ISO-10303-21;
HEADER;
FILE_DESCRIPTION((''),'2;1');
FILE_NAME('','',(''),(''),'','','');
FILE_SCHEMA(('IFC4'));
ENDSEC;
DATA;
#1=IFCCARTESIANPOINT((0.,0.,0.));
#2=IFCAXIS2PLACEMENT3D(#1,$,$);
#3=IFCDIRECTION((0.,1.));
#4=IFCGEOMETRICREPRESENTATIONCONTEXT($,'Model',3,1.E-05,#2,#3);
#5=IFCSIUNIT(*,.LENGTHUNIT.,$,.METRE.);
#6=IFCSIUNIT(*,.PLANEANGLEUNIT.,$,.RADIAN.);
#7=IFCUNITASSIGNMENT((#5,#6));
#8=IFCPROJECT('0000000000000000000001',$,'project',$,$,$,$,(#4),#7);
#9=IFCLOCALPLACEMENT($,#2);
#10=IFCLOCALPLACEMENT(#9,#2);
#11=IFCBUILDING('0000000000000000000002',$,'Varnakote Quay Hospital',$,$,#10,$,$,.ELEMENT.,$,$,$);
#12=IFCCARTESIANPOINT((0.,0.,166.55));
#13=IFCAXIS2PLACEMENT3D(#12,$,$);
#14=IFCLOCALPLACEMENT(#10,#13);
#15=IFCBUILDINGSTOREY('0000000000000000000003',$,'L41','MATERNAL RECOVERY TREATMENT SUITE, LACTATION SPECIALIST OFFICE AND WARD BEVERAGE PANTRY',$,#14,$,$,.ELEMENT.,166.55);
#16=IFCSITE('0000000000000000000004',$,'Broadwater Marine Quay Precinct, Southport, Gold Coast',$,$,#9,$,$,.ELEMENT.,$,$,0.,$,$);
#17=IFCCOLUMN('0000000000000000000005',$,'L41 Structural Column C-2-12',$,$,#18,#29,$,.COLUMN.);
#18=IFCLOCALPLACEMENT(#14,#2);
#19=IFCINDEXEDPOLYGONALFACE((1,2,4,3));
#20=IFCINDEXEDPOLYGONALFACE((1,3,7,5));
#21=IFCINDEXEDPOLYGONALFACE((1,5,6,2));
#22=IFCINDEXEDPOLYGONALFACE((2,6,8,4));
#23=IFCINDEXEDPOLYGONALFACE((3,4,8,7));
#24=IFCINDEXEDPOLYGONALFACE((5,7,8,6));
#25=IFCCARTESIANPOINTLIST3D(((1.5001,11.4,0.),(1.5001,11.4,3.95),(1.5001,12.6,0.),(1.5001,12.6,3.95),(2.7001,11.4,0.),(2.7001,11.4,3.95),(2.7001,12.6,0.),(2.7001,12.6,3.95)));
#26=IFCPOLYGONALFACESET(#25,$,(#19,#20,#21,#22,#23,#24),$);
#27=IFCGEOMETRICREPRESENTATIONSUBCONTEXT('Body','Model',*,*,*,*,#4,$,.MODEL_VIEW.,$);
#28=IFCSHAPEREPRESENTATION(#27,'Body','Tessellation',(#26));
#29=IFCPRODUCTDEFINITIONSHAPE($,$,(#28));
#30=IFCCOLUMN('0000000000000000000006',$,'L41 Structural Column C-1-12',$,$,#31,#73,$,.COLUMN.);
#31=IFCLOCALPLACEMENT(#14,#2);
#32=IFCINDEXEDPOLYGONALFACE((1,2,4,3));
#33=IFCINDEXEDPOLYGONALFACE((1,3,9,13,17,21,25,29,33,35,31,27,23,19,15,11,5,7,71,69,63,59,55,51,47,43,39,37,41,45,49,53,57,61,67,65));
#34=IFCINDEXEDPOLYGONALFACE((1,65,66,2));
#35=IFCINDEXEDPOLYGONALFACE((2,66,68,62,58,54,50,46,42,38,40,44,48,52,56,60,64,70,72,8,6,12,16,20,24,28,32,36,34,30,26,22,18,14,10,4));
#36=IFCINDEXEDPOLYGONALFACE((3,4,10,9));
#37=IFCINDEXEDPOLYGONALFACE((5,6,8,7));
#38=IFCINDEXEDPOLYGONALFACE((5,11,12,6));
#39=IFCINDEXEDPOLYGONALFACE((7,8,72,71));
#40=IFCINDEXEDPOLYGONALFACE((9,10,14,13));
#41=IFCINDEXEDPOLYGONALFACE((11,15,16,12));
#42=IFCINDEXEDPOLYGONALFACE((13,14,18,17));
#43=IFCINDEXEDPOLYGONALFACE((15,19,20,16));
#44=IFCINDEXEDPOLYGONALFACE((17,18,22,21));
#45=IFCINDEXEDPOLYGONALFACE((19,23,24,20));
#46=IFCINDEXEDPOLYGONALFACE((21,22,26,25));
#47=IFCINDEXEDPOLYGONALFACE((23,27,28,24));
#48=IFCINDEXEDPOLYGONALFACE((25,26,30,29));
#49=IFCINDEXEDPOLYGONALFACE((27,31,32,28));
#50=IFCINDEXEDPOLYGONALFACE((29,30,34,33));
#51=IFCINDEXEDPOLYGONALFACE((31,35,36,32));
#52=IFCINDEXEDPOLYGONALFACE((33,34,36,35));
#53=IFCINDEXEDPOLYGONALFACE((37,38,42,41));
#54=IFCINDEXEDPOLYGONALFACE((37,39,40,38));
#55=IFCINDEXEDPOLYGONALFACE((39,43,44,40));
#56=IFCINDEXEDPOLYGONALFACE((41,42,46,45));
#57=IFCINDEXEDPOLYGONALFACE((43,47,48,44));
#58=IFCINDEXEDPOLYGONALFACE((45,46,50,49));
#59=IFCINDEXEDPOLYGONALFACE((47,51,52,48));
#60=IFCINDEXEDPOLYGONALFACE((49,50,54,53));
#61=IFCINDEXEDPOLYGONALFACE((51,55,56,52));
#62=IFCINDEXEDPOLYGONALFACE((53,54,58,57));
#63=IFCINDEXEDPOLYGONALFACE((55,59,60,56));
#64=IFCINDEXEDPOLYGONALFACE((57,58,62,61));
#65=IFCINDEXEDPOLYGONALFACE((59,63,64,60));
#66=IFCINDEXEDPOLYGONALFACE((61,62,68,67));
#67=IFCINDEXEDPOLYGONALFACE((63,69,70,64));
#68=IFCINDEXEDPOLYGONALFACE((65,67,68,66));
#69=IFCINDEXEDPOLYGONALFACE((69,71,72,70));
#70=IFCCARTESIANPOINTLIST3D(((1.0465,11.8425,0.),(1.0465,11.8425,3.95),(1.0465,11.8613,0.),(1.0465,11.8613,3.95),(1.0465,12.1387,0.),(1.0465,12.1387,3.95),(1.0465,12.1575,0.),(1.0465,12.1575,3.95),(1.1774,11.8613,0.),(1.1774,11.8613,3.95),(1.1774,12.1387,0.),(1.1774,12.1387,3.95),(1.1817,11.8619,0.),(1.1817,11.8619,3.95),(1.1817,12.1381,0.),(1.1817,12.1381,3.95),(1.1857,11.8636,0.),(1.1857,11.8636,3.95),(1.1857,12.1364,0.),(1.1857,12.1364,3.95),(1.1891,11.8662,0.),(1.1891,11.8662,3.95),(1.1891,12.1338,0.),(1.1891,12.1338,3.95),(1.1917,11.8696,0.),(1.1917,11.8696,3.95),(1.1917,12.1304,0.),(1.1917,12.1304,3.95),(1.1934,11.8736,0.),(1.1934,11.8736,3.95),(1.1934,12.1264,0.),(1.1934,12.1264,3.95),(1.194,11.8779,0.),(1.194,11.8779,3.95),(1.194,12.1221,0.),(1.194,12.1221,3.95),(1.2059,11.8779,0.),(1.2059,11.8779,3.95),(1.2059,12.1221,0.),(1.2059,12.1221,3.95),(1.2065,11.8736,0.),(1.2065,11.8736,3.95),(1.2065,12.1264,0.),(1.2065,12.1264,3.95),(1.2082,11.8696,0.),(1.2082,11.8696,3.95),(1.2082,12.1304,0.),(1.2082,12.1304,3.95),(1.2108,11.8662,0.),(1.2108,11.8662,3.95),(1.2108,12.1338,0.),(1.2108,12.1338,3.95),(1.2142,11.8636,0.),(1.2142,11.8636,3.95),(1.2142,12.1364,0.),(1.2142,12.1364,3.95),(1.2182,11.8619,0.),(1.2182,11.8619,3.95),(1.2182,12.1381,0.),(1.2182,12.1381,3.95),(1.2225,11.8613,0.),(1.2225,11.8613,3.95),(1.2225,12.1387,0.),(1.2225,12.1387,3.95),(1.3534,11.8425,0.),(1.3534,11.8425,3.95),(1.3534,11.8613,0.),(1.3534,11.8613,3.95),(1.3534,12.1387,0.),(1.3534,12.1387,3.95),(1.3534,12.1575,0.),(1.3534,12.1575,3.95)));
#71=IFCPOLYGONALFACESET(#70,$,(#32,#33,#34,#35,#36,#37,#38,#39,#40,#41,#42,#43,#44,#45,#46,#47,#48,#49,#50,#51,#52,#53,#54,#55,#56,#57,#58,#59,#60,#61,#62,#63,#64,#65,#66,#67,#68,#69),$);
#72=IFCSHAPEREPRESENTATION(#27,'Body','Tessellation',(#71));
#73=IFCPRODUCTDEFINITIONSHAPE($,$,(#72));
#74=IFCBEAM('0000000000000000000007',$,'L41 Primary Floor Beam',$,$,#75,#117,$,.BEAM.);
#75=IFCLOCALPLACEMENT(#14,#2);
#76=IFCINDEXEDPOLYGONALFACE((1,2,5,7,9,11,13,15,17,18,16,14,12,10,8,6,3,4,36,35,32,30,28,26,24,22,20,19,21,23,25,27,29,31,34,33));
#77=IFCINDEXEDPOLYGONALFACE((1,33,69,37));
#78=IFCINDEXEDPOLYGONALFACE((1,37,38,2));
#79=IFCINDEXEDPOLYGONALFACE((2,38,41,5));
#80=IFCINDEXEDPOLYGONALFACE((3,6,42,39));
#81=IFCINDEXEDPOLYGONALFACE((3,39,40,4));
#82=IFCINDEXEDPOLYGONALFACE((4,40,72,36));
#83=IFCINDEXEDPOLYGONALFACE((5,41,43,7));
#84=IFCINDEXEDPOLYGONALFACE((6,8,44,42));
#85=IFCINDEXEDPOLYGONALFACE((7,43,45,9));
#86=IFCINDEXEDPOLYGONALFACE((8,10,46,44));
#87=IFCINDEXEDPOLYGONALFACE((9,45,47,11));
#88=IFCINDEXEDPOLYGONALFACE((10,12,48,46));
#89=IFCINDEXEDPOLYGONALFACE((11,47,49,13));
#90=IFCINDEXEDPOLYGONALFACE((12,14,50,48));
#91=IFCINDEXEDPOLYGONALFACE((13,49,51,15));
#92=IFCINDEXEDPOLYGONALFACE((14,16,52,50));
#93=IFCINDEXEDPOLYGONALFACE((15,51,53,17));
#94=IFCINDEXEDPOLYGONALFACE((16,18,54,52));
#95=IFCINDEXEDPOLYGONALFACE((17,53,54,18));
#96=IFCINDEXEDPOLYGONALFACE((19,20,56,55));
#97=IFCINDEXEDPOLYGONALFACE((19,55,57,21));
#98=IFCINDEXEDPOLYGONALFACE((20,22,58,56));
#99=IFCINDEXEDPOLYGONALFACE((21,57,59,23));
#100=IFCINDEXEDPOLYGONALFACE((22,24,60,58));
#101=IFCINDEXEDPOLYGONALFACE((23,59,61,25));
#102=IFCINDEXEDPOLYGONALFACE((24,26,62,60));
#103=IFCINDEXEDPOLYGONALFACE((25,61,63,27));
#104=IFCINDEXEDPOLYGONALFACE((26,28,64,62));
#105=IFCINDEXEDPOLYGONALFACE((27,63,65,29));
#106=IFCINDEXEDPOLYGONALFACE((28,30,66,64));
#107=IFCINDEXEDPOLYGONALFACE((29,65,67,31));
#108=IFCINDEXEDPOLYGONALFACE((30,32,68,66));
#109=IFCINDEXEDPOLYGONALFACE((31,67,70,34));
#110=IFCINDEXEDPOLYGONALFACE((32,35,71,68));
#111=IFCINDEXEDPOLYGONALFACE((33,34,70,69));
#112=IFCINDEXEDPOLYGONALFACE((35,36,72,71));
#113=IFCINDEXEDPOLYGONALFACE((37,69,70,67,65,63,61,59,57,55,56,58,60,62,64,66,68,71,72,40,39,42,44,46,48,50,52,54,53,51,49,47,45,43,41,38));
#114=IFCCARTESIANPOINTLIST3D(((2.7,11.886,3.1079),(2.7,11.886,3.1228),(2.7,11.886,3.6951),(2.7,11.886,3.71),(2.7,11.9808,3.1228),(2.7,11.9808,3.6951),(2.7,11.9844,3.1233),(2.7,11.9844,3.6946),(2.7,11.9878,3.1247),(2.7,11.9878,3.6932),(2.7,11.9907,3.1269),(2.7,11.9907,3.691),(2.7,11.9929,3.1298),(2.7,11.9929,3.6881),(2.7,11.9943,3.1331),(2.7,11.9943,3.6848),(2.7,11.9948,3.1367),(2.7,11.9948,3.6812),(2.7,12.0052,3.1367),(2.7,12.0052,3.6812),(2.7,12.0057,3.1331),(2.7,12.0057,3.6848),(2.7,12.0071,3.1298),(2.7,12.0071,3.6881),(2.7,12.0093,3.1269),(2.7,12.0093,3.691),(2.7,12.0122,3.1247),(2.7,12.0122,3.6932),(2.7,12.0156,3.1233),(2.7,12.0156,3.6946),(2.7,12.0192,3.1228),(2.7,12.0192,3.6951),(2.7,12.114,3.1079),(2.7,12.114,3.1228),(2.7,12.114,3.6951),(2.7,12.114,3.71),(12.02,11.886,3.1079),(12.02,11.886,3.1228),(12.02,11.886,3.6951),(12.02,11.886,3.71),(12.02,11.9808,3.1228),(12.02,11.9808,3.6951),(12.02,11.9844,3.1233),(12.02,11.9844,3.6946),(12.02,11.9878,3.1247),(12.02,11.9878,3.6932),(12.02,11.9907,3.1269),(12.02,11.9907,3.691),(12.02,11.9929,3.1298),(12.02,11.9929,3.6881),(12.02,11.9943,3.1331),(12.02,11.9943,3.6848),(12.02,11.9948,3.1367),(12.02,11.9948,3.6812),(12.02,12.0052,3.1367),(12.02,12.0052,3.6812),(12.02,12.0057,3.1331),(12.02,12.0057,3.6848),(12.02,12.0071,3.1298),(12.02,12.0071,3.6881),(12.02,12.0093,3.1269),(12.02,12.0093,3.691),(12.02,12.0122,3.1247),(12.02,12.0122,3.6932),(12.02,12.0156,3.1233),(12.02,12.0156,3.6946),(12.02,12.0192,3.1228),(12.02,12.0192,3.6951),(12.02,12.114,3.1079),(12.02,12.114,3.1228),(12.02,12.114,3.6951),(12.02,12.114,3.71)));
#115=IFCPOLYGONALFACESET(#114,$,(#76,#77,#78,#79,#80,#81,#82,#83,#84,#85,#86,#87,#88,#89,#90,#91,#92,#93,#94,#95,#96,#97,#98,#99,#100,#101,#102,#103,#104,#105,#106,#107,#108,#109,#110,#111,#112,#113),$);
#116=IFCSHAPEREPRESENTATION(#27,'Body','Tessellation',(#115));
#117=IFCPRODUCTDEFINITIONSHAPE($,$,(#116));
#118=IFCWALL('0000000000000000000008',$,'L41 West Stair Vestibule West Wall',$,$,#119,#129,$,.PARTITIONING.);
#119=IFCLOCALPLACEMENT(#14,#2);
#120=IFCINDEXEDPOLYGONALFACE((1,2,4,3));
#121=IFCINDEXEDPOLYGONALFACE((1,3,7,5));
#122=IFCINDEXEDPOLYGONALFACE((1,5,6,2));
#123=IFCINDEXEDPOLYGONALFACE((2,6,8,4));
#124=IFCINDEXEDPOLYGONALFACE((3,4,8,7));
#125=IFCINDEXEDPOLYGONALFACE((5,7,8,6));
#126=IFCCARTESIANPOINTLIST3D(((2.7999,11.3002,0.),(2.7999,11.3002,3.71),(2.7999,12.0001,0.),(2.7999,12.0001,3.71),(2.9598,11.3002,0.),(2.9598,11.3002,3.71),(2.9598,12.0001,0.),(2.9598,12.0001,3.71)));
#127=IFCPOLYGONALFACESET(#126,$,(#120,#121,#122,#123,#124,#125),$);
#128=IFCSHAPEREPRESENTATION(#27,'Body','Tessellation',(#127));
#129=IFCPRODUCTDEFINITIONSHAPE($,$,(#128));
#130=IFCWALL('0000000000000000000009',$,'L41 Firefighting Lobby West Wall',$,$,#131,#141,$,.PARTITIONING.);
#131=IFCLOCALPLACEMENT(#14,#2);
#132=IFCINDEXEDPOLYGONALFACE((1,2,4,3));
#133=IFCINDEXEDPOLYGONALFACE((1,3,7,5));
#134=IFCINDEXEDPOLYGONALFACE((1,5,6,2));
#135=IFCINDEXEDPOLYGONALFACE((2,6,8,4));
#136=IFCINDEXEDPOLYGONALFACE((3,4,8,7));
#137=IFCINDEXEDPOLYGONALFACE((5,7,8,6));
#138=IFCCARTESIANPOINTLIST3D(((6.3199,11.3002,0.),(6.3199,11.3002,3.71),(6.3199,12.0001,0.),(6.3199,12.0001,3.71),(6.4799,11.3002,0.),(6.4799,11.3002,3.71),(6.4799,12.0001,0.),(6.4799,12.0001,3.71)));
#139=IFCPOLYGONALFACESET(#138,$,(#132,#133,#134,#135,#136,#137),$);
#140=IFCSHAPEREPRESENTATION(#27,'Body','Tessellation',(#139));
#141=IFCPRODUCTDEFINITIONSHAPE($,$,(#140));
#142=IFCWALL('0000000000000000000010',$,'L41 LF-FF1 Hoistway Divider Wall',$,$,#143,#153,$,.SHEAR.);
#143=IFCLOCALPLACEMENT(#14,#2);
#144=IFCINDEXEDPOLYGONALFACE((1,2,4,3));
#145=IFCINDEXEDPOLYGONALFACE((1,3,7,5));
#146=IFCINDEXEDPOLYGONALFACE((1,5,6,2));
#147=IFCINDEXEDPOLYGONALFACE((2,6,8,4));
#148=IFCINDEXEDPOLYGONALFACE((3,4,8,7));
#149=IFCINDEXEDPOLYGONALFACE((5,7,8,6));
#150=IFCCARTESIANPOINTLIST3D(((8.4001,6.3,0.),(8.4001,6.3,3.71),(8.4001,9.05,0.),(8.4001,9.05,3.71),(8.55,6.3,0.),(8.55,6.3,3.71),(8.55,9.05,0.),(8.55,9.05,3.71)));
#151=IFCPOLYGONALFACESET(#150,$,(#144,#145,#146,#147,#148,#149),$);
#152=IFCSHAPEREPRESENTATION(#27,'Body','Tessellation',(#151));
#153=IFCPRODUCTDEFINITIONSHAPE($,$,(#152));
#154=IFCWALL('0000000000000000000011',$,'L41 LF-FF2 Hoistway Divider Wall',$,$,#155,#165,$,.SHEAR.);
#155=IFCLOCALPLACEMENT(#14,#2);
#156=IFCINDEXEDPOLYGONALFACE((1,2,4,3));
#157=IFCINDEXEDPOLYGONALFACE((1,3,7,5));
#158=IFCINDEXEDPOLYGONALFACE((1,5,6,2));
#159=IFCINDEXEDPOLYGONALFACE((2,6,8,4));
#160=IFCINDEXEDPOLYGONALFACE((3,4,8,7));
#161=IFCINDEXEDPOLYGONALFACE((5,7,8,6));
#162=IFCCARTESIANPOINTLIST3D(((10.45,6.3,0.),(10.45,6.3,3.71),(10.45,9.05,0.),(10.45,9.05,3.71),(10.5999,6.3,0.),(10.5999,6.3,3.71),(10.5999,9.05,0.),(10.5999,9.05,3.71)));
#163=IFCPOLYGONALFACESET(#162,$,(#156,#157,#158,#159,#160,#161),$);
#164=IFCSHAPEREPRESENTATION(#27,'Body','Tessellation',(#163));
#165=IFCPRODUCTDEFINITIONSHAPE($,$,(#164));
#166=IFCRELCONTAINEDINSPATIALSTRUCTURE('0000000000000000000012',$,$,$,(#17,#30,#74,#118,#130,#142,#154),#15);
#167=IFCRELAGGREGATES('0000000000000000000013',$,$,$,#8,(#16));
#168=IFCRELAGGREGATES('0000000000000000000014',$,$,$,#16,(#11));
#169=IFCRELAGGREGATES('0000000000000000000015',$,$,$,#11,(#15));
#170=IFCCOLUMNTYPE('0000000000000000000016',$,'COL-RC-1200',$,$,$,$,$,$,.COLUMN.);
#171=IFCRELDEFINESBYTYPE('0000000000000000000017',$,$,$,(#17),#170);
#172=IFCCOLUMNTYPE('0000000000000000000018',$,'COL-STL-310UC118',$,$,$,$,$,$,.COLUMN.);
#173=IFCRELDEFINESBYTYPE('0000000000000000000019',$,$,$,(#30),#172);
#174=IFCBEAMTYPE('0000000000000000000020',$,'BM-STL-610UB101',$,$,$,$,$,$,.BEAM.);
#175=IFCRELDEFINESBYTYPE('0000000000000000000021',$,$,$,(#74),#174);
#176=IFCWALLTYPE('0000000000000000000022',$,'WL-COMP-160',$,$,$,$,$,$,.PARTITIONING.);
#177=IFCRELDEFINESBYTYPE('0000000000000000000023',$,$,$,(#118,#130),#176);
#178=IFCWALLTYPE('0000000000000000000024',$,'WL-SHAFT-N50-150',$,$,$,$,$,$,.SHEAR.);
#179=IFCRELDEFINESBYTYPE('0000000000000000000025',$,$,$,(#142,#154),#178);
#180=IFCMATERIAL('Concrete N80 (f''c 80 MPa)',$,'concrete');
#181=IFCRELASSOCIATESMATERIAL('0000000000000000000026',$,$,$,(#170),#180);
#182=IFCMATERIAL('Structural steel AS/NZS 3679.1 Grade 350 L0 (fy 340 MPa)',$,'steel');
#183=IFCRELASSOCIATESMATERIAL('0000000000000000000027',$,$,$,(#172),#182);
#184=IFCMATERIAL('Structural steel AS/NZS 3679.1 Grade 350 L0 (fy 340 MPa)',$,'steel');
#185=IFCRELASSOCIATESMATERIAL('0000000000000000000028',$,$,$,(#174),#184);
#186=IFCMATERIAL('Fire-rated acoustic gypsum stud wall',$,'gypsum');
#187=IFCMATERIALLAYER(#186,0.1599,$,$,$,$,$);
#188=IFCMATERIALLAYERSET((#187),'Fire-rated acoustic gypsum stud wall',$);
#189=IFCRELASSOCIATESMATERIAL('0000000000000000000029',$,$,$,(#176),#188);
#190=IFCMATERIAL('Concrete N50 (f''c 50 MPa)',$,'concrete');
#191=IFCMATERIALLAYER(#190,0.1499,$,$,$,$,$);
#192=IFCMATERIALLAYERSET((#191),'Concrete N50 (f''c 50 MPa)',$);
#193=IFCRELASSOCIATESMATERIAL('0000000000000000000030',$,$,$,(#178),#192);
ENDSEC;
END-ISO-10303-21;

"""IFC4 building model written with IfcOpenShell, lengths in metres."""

from ifc_helpers import new_model, si_unit, direction, frame, frame_2d, origin, origin_2d, place, context, subcontext, project, spatial, rectangle, i_section, extrude, material, layer, layer_set, material_profile, profile_set, type_object, element, save


model = new_model("IFC4")

# Units and contexts
model_context = context("Model", 3, precision=1e-05, world=origin(), true_north=direction((0.0, 1.0)))
body_context = subcontext(model_context, "Body", "Model", "MODEL_VIEW")
ifc_project = project(units=[si_unit("LENGTHUNIT", "METRE"), si_unit("PLANEANGLEUNIT", "RADIAN")], contexts=[model_context])

# Site, building, storey
site_placement = place(None, origin())
site = spatial("IfcSite", under=ifc_project, at=site_placement, Name="Broadwater Marine Quay Precinct, Southport, Gold Coast", CompositionType="ELEMENT", RefElevation=0.0)
building_placement = place(site_placement, origin())
building = spatial("IfcBuilding", under=site, at=building_placement, Name="Varnakote Quay Hospital", CompositionType="ELEMENT")
storey_placement = place(building_placement, frame((0.0, 0.0, 166.55)))
storey = spatial("IfcBuildingStorey", under=building, at=storey_placement, Name="L41", Description="MATERNAL RECOVERY TREATMENT SUITE, LACTATION SPECIALIST OFFICE AND WARD BEVERAGE PANTRY", CompositionType="ELEMENT", Elevation=166.55)

# Columns
ifc_material_1 = material(Name="Concrete N80 (f'c 80 MPa)", Category="concrete")
ifc_material_profile_1 = material_profile(ifc_material_1, rectangle(XDim=1.2, YDim=1.2, at=origin_2d()), Name="RC-COL-1200x1200")
ifc_profile_set_1 = profile_set([ifc_material_profile_1], Name="Concrete N80 (f'c 80 MPa)")
column_type_1 = type_object("IfcColumnType", Name="COL-RC-1200", PredefinedType="COLUMN", material=ifc_profile_set_1)
column_1_placement = place(storey_placement, frame((2.1001, 12.0, 0.0), z_axis=(0.0, 0.0, 1.0), x_axis=(1.0, 0.0, 0.0)))
element("IfcColumn", 1, at=column_1_placement, inside=storey, type_object=column_type_1, Name="L41 Structural Column C-2-12", PredefinedType="COLUMN", context=body_context, shape_type="SweptSolid", body=[
    extrude(rectangle(XDim=1.2, YDim=1.2, at=origin_2d()), origin(), (0.0, 0.0, 1.0), 3.95),
])
ifc_material_2 = material(Name="Structural steel AS/NZS 3679.1 Grade 350 L0 (fy 340 MPa)", Category="steel")
ifc_material_profile_2 = material_profile(ifc_material_2, i_section(OverallWidth=0.3069, OverallDepth=0.3149, WebThickness=0.012, FlangeThickness=0.0188, FilletRadius=0.0166, at=origin_2d()), Name="310UC118")
ifc_profile_set_2 = profile_set([ifc_material_profile_2], Name="Structural steel AS/NZS 3679.1 Grade 350 L0 (fy 340 MPa)")
column_type_2 = type_object("IfcColumnType", Name="COL-STL-310UC118", PredefinedType="COLUMN", material=ifc_profile_set_2)
column_2_placement = place(storey_placement, frame((1.2, 12.0, 0.0), z_axis=(0.0, 0.0, 1.0), x_axis=(1.0, 0.0, 0.0)))
element("IfcColumn", 2, at=column_2_placement, inside=storey, type_object=column_type_2, Name="L41 Structural Column C-1-12", PredefinedType="COLUMN", context=body_context, shape_type="SweptSolid", body=[
    extrude(i_section(OverallWidth=0.3069, OverallDepth=0.3149, WebThickness=0.012, FlangeThickness=0.0188, FilletRadius=0.0166, at=origin_2d()), origin(), (0.0, 0.0, 1.0), 3.95),
])

# Beam
ifc_material_3 = material(Name="Structural steel AS/NZS 3679.1 Grade 350 L0 (fy 340 MPa)", Category="steel")
ifc_material_profile_3 = material_profile(ifc_material_3, i_section(OverallWidth=0.228, OverallDepth=0.6021, WebThickness=0.0105, FlangeThickness=0.0149, FilletRadius=0.0139, at=origin_2d()), Name="610UB101")
ifc_profile_set_3 = profile_set([ifc_material_profile_3], Name="Structural steel AS/NZS 3679.1 Grade 350 L0 (fy 340 MPa)")
beam_type = type_object("IfcBeamType", Name="BM-STL-610UB101", PredefinedType="BEAM", material=ifc_profile_set_3)
beam_placement = place(storey_placement, frame((2.7, 12.0, 3.4089), z_axis=(1.0, 0.0, 0.0), x_axis=(0.0, 1.0, 0.0)))
element("IfcBeam", 3, at=beam_placement, inside=storey, type_object=beam_type, Name="L41 Primary Floor Beam", PredefinedType="BEAM", context=body_context, shape_type="SweptSolid", body=[
    extrude(i_section(OverallWidth=0.228, OverallDepth=0.6021, WebThickness=0.0105, FlangeThickness=0.0149, FilletRadius=0.0139, at=origin_2d()), origin(), (0.0, 0.0, 1.0), 9.3201),
])

# Walls
ifc_material_4 = material(Name="Fire-rated acoustic gypsum stud wall", Category="gypsum")
ifc_layer_1 = layer(ifc_material_4, 0.1599)
ifc_layer_set_1 = layer_set([ifc_layer_1], Name="Fire-rated acoustic gypsum stud wall")
wall_type_1 = type_object("IfcWallType", Name="WL-COMP-160", PredefinedType="PARTITIONING", material=ifc_layer_set_1)
for number, where, z_axis, x_axis, name in (
    (4, (2.8799, 11.3, 0.0), (0.0, 0.0, 1.0), (0.0, 1.0, 0.0), "L41 West Stair Vestibule West Wall"),
    (5, (6.3999, 11.3, 0.0), (0.0, 0.0, 1.0), (0.0, 1.0, 0.0), "L41 Firefighting Lobby West Wall"),
):
    element("IfcWall", number, at=place(storey_placement, frame(where, z_axis=z_axis, x_axis=x_axis)), inside=storey, type_object=wall_type_1, Name=name, PredefinedType="PARTITIONING", context=body_context, shape_type="SweptSolid", body=[
        extrude(rectangle(XDim=0.7, YDim=0.1599, at=frame_2d((0.3501, 0.0))), origin(), (0.0, 0.0, 1.0), 3.71),
    ])
ifc_material_5 = material(Name="Concrete N50 (f'c 50 MPa)", Category="concrete")
ifc_layer_2 = layer(ifc_material_5, 0.1499)
ifc_layer_set_2 = layer_set([ifc_layer_2], Name="Concrete N50 (f'c 50 MPa)")
wall_type_2 = type_object("IfcWallType", Name="WL-SHAFT-N50-150", PredefinedType="SHEAR", material=ifc_layer_set_2)
for number, where, z_axis, x_axis, name in (
    (6, (8.4751, 6.3, 0.0), (0.0, 0.0, 1.0), (0.0, 1.0, 0.0), "L41 LF-FF1 Hoistway Divider Wall"),
    (7, (10.5249, 6.3, 0.0), (0.0, 0.0, 1.0), (0.0, 1.0, 0.0), "L41 LF-FF2 Hoistway Divider Wall"),
):
    element("IfcWall", number, at=place(storey_placement, frame(where, z_axis=z_axis, x_axis=x_axis)), inside=storey, type_object=wall_type_2, Name=name, PredefinedType="SHEAR", context=body_context, shape_type="SweptSolid", body=[
        extrude(rectangle(XDim=2.75, YDim=0.1499, at=frame_2d((1.375, 0.0))), origin(), (0.0, 0.0, 1.0), 3.71),
    ])

save(model, "model.ifc")
